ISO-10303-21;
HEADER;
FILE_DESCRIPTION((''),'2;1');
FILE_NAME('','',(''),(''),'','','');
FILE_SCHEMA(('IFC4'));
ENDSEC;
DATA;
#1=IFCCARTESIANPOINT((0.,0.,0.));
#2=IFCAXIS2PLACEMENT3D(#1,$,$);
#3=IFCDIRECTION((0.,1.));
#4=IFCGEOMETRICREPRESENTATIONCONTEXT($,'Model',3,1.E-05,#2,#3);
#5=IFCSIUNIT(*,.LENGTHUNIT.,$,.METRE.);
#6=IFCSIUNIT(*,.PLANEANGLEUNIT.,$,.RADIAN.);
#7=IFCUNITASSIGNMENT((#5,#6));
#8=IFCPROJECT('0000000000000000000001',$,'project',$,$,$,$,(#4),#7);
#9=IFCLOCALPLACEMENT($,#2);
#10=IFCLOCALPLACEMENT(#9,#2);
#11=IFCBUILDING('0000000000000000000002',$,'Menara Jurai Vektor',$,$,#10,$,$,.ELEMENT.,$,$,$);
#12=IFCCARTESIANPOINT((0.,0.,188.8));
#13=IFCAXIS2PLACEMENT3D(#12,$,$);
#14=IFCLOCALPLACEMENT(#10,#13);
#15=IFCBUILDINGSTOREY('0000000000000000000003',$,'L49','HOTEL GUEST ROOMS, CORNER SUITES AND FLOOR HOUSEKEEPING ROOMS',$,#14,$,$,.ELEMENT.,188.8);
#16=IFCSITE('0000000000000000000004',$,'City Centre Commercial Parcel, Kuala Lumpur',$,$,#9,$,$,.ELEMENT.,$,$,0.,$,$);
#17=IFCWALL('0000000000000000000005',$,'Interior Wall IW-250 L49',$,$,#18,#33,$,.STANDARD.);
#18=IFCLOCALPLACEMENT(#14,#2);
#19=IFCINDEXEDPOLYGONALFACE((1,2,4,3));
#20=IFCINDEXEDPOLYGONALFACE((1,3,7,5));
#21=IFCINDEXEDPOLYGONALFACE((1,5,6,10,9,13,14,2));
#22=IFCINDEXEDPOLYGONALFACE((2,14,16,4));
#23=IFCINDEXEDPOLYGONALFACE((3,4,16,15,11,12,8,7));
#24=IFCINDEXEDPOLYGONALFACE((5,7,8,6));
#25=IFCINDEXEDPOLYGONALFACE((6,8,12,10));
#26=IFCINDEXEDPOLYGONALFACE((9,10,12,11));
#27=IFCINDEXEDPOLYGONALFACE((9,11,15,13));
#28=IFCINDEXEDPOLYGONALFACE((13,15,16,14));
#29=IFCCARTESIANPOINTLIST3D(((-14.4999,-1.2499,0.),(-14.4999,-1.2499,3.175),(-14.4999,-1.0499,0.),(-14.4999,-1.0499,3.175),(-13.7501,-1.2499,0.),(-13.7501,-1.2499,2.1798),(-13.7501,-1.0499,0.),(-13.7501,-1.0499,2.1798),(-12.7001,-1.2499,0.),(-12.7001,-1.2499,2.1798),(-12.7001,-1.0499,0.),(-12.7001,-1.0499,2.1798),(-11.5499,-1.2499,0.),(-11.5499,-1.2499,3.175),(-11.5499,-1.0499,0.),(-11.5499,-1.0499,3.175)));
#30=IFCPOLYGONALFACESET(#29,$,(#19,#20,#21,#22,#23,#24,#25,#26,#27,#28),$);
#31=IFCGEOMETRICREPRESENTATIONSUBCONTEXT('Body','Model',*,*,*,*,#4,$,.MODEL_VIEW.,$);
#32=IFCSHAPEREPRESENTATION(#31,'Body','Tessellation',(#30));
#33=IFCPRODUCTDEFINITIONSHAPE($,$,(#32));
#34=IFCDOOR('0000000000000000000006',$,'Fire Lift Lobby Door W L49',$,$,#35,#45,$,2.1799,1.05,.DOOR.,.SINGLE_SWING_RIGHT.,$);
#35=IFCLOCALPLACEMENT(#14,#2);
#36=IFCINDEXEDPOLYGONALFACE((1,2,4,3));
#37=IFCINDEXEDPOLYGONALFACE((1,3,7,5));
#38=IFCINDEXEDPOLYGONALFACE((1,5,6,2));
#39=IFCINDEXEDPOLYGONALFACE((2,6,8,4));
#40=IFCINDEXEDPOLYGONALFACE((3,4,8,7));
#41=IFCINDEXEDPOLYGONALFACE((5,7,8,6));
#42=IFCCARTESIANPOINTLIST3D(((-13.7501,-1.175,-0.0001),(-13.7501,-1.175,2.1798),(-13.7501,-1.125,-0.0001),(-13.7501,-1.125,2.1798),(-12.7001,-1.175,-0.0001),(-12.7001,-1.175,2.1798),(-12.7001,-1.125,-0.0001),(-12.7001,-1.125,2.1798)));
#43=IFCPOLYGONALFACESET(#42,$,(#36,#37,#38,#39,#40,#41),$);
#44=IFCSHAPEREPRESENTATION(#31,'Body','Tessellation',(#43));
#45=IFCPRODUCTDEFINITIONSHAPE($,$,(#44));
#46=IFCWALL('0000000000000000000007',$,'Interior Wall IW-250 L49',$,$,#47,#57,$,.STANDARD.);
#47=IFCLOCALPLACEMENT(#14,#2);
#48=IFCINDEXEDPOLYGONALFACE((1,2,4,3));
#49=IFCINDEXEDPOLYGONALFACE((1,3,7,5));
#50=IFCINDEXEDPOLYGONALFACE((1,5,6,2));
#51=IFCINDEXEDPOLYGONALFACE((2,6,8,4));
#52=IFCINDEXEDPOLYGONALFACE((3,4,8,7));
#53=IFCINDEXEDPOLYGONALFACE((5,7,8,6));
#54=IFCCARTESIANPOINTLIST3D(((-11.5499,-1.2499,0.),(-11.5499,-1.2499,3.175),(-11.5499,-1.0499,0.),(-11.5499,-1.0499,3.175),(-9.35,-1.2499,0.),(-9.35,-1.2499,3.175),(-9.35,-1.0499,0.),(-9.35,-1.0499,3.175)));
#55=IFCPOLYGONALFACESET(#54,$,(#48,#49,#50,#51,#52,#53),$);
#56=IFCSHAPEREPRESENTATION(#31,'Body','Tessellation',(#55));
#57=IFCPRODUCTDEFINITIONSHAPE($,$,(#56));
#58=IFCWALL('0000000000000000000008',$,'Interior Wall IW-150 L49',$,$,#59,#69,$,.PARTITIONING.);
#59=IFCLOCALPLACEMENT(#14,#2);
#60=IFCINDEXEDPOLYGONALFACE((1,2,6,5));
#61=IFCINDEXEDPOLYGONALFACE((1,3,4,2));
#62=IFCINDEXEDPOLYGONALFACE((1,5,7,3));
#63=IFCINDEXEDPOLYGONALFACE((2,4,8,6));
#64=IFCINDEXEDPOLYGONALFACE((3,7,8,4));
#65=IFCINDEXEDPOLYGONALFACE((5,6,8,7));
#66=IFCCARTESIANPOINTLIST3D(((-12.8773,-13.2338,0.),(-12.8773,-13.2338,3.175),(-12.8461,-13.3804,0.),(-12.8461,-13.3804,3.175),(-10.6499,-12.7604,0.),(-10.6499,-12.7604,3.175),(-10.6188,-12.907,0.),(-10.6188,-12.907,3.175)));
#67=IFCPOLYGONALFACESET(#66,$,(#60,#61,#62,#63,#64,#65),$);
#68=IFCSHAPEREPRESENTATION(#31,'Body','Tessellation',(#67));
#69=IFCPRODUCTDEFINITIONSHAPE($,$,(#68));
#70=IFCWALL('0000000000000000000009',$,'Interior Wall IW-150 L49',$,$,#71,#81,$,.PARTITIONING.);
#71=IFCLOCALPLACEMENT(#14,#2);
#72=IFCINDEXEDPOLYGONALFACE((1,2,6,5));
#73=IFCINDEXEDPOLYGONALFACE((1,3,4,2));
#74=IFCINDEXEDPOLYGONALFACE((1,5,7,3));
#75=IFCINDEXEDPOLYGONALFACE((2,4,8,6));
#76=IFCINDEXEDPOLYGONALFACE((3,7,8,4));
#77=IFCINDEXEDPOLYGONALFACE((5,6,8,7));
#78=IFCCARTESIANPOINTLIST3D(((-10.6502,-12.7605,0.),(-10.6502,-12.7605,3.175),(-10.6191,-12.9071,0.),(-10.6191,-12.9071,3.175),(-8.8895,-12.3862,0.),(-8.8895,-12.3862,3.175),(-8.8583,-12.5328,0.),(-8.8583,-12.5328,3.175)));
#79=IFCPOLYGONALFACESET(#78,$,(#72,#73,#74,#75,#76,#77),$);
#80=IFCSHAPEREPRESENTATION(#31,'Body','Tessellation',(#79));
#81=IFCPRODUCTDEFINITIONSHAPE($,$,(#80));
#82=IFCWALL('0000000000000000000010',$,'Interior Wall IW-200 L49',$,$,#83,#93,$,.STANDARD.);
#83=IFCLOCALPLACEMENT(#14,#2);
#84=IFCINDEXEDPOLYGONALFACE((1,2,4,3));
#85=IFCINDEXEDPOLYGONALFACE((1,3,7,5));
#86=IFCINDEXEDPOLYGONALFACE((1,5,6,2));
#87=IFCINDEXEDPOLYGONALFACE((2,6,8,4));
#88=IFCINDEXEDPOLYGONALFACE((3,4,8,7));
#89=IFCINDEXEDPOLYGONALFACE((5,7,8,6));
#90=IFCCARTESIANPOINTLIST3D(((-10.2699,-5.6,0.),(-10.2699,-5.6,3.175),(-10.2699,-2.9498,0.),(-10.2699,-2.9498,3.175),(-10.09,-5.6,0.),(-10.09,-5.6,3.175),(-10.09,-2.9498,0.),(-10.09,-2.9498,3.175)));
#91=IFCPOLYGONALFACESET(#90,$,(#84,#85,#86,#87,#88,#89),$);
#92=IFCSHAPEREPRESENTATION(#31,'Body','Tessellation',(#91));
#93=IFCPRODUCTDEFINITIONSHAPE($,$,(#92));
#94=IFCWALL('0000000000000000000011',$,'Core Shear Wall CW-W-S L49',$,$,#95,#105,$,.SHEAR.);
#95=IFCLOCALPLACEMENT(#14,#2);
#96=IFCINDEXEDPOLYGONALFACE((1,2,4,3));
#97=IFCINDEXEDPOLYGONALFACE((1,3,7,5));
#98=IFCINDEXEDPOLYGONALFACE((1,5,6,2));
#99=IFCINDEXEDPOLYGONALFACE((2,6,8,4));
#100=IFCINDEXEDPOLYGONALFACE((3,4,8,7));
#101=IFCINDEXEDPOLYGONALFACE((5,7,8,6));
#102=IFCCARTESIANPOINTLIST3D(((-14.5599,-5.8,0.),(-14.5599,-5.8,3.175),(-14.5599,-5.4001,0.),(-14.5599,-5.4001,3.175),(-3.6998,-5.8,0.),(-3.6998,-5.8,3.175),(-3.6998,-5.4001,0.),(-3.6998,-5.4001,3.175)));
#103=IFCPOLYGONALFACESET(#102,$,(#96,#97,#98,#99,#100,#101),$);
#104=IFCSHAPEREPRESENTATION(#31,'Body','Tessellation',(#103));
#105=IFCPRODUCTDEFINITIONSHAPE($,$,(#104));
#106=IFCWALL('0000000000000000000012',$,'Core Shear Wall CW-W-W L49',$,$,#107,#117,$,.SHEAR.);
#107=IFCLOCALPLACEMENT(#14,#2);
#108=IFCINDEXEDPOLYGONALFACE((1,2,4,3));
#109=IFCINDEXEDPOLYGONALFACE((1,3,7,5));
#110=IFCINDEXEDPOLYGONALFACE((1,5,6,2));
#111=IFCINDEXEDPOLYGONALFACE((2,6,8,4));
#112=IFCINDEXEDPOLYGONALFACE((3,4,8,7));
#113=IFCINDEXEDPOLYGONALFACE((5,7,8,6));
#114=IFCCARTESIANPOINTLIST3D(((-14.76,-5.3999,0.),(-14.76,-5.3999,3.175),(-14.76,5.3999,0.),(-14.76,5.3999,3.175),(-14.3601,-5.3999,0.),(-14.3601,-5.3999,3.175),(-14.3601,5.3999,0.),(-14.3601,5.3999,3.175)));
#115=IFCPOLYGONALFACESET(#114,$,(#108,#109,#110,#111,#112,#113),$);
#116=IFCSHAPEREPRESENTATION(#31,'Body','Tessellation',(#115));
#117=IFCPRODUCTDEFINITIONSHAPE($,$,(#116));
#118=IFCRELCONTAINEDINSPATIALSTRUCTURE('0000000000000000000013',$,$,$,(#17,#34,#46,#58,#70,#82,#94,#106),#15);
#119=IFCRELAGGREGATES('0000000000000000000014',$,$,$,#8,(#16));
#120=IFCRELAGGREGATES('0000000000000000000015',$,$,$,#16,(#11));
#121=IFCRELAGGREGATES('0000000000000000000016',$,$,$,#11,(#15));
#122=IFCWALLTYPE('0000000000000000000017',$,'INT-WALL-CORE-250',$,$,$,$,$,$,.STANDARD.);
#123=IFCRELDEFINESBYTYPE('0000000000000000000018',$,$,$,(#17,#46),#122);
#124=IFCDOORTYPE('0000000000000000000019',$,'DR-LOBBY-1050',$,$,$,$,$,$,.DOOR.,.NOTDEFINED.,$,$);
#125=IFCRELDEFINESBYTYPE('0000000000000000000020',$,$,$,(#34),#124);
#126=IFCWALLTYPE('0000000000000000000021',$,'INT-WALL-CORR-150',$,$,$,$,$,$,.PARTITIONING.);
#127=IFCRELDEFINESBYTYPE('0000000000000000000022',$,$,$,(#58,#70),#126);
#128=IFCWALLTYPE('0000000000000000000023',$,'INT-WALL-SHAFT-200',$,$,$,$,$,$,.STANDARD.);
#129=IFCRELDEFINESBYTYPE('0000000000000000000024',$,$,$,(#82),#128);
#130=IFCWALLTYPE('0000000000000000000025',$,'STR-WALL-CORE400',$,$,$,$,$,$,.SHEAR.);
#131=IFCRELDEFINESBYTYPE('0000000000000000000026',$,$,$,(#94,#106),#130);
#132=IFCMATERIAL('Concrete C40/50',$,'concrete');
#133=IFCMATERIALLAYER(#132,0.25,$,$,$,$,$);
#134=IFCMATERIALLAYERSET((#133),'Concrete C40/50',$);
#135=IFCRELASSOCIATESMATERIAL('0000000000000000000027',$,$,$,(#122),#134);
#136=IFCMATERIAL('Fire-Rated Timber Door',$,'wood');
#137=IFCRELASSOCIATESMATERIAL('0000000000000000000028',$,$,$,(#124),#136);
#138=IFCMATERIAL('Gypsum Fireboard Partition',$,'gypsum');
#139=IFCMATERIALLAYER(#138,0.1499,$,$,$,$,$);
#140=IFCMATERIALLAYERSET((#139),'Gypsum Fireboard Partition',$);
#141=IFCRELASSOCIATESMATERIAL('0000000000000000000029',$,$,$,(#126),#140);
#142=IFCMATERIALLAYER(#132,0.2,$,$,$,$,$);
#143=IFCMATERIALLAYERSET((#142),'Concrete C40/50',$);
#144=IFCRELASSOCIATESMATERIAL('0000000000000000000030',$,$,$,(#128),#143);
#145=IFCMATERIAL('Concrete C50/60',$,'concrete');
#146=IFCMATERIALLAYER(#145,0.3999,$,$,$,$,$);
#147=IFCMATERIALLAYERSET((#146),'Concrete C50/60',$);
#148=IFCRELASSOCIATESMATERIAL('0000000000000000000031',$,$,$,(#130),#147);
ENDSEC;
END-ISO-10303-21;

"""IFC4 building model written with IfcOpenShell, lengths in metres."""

from ifc_helpers import new_model, si_unit, direction, frame, frame_2d, origin, place, context, subcontext, project, spatial, rectangle, extrude, material, layer, layer_set, type_object, element, fill, save


model = new_model("IFC4")

# Units and contexts
model_context = context("Model", 3, precision=1e-05, world=origin(), true_north=direction((0.0, 1.0)))
body_context = subcontext(model_context, "Body", "Model", "MODEL_VIEW")
ifc_project = project(units=[si_unit("LENGTHUNIT", "METRE"), si_unit("PLANEANGLEUNIT", "RADIAN")], contexts=[model_context])

# Site, building, storey
site_placement = place(None, origin())
site = spatial("IfcSite", under=ifc_project, at=site_placement, Name="City Centre Commercial Parcel, Kuala Lumpur", CompositionType="ELEMENT", RefElevation=0.0)
building_placement = place(site_placement, origin())
building = spatial("IfcBuilding", under=site, at=building_placement, Name="Menara Jurai Vektor", CompositionType="ELEMENT")
storey_placement = place(building_placement, frame((0.0, 0.0, 188.8)))
storey = spatial("IfcBuildingStorey", under=building, at=storey_placement, Name="L49", Description="HOTEL GUEST ROOMS, CORNER SUITES AND FLOOR HOUSEKEEPING ROOMS", CompositionType="ELEMENT", Elevation=188.8)

# Shared definitions
ifc_material_1 = material(Name="Concrete C50/60", Category="concrete")

# Shared definitions
ifc_material_2 = material(Name="Concrete C40/50", Category="concrete")
ifc_layer_1 = layer(ifc_material_2, 0.25)
ifc_layer_set_1 = layer_set([ifc_layer_1], Name="Concrete C40/50")
wall_type_1 = type_object("IfcWallType", Name="INT-WALL-CORE-250", PredefinedType="STANDARD", material=ifc_layer_set_1)

# Wall, opening, door
wall_1_placement = place(storey_placement, frame((-14.5, -1.1499, 0.0), z_axis=(0.0, 0.0, 1.0), x_axis=(1.0, 0.0, 0.0)))
wall_1 = element("IfcWall", 1, at=wall_1_placement, inside=storey, type_object=wall_type_1, Name="Interior Wall IW-250 L49", PredefinedType="STANDARD", context=body_context, shape_type="SweptSolid", body=[
    extrude(rectangle(XDim=2.95, YDim=0.2, at=frame_2d((1.4751, 0.0))), origin(), (0.0, 0.0, 1.0), 3.175),
])
opening_1_placement = place(wall_1_placement, frame((0.75, 0.0, 0.0)))
opening_1 = element("IfcOpeningElement", 2, at=opening_1_placement, cuts=wall_1, PredefinedType="OPENING", context=body_context, shape_type="SweptSolid", body=[
    extrude(rectangle(XDim=1.05, YDim=2.1799, at=frame_2d((0.5249, 1.0898))), frame((0.0, 0.1099, 0.0), z_axis=(0.0, -1.0, 0.0), x_axis=(1.0, 0.0, 0.0)), (0.0, 0.0, 1.0), 0.22),
])
ifc_material_3 = material(Name="Fire-Rated Timber Door", Category="wood")
door_type_1 = type_object("IfcDoorType", Name="DR-LOBBY-1050", OperationType="NOTDEFINED", PredefinedType="DOOR", material=ifc_material_3)
door_1_placement = place(opening_1_placement, origin())
door_1 = element("IfcDoor", 3, at=door_1_placement, inside=storey, type_object=door_type_1, Name="Fire Lift Lobby Door W L49", OperationType="SINGLE_SWING_RIGHT", OverallHeight=2.1799, OverallWidth=1.05, PredefinedType="DOOR", context=body_context, shape_type="SweptSolid", body=[
    extrude(rectangle(XDim=1.05, YDim=2.1799, at=frame_2d((0.5249, 1.0898))), frame((0.0, 0.0249, 0.0), z_axis=(0.0, -1.0, 0.0), x_axis=(1.0, 0.0, 0.0)), (0.0, 0.0, 1.0), 0.05),
])
fill(opening_1, door_1)

# Walls
wall_2_placement = place(storey_placement, frame((-11.55, -1.1499, 0.0), z_axis=(0.0, 0.0, 1.0), x_axis=(1.0, 0.0, 0.0)))
element("IfcWall", 4, at=wall_2_placement, inside=storey, type_object=wall_type_1, Name="Interior Wall IW-250 L49", PredefinedType="STANDARD", context=body_context, shape_type="SweptSolid", body=[
    extrude(rectangle(XDim=2.2, YDim=0.2, at=frame_2d((1.1001, 0.0))), origin(), (0.0, 0.0, 1.0), 3.175),
])
ifc_material_4 = material(Name="Gypsum Fireboard Partition", Category="gypsum")
ifc_layer_2 = layer(ifc_material_4, 0.1499)
ifc_layer_set_2 = layer_set([ifc_layer_2], Name="Gypsum Fireboard Partition")
wall_type_2 = type_object("IfcWallType", Name="INT-WALL-CORR-150", PredefinedType="PARTITIONING", material=ifc_layer_set_2)
wall_3_placement = place(storey_placement, frame((-12.8618, -13.3071, 0.0), z_axis=(0.0, 0.0, 1.0), x_axis=(0.978151, 0.207896, 0.0)))
element("IfcWall", 5, at=wall_3_placement, inside=storey, type_object=wall_type_2, Name="Interior Wall IW-150 L49", PredefinedType="PARTITIONING", context=body_context, shape_type="SweptSolid", body=[
    extrude(rectangle(XDim=2.2771, YDim=0.1499, at=frame_2d((1.1387, 0.0))), origin(), (0.0, 0.0, 1.0), 3.175),
])
wall_4_placement = place(storey_placement, frame((-10.6345, -12.8337, 0.0), z_axis=(0.0, 0.0, 1.0), x_axis=(0.978146, 0.207917, 0.0)))
element("IfcWall", 6, at=wall_4_placement, inside=storey, type_object=wall_type_2, Name="Interior Wall IW-150 L49", PredefinedType="PARTITIONING", context=body_context, shape_type="SweptSolid", body=[
    extrude(rectangle(XDim=1.8, YDim=0.1499, at=frame_2d((0.8999, 0.0))), origin(), (0.0, 0.0, 1.0), 3.175),
])

# Shared definitions
ifc_layer_3 = layer(ifc_material_2, 0.2)
ifc_layer_set_3 = layer_set([ifc_layer_3], Name="Concrete C40/50")
wall_type_3 = type_object("IfcWallType", Name="INT-WALL-SHAFT-200", PredefinedType="STANDARD", material=ifc_layer_set_3)

# Walls
wall_5_placement = place(storey_placement, frame((-10.1799, -5.6001, 0.0), z_axis=(0.0, 0.0, 1.0), x_axis=(0.0, 1.0, 0.0)))
element("IfcWall", 7, at=wall_5_placement, inside=storey, type_object=wall_type_3, Name="Interior Wall IW-200 L49", PredefinedType="STANDARD", context=body_context, shape_type="SweptSolid", body=[
    extrude(rectangle(XDim=2.6501, YDim=0.1799, at=frame_2d((1.3252, 0.0))), origin(), (0.0, 0.0, 1.0), 3.175),
])
ifc_layer_4 = layer(ifc_material_1, 0.3999)
ifc_layer_set_4 = layer_set([ifc_layer_4], Name="Concrete C50/60")
wall_type_4 = type_object("IfcWallType", Name="STR-WALL-CORE400", PredefinedType="SHEAR", material=ifc_layer_set_4)
wall_6_placement = place(storey_placement, frame((-14.5601, -5.6001, 0.0), z_axis=(0.0, 0.0, 1.0), x_axis=(1.0, 0.0, 0.0)))
element("IfcWall", 8, at=wall_6_placement, inside=storey, type_object=wall_type_4, Name="Core Shear Wall CW-W-S L49", PredefinedType="SHEAR", context=body_context, shape_type="SweptSolid", body=[
    extrude(rectangle(XDim=10.8601, YDim=0.3999, at=frame_2d((5.4302, 0.0))), origin(), (0.0, 0.0, 1.0), 3.175),
])
wall_7_placement = place(storey_placement, frame((-14.5601, -5.3999, 0.0), z_axis=(0.0, 0.0, 1.0), x_axis=(0.0, 1.0, 0.0)))
element("IfcWall", 9, at=wall_7_placement, inside=storey, type_object=wall_type_4, Name="Core Shear Wall CW-W-W L49", PredefinedType="SHEAR", context=body_context, shape_type="SweptSolid", body=[
    extrude(rectangle(XDim=10.7998, YDim=0.3999, at=frame_2d((5.3999, 0.0))), origin(), (0.0, 0.0, 1.0), 3.175),
])

save(model, "model.ifc")
